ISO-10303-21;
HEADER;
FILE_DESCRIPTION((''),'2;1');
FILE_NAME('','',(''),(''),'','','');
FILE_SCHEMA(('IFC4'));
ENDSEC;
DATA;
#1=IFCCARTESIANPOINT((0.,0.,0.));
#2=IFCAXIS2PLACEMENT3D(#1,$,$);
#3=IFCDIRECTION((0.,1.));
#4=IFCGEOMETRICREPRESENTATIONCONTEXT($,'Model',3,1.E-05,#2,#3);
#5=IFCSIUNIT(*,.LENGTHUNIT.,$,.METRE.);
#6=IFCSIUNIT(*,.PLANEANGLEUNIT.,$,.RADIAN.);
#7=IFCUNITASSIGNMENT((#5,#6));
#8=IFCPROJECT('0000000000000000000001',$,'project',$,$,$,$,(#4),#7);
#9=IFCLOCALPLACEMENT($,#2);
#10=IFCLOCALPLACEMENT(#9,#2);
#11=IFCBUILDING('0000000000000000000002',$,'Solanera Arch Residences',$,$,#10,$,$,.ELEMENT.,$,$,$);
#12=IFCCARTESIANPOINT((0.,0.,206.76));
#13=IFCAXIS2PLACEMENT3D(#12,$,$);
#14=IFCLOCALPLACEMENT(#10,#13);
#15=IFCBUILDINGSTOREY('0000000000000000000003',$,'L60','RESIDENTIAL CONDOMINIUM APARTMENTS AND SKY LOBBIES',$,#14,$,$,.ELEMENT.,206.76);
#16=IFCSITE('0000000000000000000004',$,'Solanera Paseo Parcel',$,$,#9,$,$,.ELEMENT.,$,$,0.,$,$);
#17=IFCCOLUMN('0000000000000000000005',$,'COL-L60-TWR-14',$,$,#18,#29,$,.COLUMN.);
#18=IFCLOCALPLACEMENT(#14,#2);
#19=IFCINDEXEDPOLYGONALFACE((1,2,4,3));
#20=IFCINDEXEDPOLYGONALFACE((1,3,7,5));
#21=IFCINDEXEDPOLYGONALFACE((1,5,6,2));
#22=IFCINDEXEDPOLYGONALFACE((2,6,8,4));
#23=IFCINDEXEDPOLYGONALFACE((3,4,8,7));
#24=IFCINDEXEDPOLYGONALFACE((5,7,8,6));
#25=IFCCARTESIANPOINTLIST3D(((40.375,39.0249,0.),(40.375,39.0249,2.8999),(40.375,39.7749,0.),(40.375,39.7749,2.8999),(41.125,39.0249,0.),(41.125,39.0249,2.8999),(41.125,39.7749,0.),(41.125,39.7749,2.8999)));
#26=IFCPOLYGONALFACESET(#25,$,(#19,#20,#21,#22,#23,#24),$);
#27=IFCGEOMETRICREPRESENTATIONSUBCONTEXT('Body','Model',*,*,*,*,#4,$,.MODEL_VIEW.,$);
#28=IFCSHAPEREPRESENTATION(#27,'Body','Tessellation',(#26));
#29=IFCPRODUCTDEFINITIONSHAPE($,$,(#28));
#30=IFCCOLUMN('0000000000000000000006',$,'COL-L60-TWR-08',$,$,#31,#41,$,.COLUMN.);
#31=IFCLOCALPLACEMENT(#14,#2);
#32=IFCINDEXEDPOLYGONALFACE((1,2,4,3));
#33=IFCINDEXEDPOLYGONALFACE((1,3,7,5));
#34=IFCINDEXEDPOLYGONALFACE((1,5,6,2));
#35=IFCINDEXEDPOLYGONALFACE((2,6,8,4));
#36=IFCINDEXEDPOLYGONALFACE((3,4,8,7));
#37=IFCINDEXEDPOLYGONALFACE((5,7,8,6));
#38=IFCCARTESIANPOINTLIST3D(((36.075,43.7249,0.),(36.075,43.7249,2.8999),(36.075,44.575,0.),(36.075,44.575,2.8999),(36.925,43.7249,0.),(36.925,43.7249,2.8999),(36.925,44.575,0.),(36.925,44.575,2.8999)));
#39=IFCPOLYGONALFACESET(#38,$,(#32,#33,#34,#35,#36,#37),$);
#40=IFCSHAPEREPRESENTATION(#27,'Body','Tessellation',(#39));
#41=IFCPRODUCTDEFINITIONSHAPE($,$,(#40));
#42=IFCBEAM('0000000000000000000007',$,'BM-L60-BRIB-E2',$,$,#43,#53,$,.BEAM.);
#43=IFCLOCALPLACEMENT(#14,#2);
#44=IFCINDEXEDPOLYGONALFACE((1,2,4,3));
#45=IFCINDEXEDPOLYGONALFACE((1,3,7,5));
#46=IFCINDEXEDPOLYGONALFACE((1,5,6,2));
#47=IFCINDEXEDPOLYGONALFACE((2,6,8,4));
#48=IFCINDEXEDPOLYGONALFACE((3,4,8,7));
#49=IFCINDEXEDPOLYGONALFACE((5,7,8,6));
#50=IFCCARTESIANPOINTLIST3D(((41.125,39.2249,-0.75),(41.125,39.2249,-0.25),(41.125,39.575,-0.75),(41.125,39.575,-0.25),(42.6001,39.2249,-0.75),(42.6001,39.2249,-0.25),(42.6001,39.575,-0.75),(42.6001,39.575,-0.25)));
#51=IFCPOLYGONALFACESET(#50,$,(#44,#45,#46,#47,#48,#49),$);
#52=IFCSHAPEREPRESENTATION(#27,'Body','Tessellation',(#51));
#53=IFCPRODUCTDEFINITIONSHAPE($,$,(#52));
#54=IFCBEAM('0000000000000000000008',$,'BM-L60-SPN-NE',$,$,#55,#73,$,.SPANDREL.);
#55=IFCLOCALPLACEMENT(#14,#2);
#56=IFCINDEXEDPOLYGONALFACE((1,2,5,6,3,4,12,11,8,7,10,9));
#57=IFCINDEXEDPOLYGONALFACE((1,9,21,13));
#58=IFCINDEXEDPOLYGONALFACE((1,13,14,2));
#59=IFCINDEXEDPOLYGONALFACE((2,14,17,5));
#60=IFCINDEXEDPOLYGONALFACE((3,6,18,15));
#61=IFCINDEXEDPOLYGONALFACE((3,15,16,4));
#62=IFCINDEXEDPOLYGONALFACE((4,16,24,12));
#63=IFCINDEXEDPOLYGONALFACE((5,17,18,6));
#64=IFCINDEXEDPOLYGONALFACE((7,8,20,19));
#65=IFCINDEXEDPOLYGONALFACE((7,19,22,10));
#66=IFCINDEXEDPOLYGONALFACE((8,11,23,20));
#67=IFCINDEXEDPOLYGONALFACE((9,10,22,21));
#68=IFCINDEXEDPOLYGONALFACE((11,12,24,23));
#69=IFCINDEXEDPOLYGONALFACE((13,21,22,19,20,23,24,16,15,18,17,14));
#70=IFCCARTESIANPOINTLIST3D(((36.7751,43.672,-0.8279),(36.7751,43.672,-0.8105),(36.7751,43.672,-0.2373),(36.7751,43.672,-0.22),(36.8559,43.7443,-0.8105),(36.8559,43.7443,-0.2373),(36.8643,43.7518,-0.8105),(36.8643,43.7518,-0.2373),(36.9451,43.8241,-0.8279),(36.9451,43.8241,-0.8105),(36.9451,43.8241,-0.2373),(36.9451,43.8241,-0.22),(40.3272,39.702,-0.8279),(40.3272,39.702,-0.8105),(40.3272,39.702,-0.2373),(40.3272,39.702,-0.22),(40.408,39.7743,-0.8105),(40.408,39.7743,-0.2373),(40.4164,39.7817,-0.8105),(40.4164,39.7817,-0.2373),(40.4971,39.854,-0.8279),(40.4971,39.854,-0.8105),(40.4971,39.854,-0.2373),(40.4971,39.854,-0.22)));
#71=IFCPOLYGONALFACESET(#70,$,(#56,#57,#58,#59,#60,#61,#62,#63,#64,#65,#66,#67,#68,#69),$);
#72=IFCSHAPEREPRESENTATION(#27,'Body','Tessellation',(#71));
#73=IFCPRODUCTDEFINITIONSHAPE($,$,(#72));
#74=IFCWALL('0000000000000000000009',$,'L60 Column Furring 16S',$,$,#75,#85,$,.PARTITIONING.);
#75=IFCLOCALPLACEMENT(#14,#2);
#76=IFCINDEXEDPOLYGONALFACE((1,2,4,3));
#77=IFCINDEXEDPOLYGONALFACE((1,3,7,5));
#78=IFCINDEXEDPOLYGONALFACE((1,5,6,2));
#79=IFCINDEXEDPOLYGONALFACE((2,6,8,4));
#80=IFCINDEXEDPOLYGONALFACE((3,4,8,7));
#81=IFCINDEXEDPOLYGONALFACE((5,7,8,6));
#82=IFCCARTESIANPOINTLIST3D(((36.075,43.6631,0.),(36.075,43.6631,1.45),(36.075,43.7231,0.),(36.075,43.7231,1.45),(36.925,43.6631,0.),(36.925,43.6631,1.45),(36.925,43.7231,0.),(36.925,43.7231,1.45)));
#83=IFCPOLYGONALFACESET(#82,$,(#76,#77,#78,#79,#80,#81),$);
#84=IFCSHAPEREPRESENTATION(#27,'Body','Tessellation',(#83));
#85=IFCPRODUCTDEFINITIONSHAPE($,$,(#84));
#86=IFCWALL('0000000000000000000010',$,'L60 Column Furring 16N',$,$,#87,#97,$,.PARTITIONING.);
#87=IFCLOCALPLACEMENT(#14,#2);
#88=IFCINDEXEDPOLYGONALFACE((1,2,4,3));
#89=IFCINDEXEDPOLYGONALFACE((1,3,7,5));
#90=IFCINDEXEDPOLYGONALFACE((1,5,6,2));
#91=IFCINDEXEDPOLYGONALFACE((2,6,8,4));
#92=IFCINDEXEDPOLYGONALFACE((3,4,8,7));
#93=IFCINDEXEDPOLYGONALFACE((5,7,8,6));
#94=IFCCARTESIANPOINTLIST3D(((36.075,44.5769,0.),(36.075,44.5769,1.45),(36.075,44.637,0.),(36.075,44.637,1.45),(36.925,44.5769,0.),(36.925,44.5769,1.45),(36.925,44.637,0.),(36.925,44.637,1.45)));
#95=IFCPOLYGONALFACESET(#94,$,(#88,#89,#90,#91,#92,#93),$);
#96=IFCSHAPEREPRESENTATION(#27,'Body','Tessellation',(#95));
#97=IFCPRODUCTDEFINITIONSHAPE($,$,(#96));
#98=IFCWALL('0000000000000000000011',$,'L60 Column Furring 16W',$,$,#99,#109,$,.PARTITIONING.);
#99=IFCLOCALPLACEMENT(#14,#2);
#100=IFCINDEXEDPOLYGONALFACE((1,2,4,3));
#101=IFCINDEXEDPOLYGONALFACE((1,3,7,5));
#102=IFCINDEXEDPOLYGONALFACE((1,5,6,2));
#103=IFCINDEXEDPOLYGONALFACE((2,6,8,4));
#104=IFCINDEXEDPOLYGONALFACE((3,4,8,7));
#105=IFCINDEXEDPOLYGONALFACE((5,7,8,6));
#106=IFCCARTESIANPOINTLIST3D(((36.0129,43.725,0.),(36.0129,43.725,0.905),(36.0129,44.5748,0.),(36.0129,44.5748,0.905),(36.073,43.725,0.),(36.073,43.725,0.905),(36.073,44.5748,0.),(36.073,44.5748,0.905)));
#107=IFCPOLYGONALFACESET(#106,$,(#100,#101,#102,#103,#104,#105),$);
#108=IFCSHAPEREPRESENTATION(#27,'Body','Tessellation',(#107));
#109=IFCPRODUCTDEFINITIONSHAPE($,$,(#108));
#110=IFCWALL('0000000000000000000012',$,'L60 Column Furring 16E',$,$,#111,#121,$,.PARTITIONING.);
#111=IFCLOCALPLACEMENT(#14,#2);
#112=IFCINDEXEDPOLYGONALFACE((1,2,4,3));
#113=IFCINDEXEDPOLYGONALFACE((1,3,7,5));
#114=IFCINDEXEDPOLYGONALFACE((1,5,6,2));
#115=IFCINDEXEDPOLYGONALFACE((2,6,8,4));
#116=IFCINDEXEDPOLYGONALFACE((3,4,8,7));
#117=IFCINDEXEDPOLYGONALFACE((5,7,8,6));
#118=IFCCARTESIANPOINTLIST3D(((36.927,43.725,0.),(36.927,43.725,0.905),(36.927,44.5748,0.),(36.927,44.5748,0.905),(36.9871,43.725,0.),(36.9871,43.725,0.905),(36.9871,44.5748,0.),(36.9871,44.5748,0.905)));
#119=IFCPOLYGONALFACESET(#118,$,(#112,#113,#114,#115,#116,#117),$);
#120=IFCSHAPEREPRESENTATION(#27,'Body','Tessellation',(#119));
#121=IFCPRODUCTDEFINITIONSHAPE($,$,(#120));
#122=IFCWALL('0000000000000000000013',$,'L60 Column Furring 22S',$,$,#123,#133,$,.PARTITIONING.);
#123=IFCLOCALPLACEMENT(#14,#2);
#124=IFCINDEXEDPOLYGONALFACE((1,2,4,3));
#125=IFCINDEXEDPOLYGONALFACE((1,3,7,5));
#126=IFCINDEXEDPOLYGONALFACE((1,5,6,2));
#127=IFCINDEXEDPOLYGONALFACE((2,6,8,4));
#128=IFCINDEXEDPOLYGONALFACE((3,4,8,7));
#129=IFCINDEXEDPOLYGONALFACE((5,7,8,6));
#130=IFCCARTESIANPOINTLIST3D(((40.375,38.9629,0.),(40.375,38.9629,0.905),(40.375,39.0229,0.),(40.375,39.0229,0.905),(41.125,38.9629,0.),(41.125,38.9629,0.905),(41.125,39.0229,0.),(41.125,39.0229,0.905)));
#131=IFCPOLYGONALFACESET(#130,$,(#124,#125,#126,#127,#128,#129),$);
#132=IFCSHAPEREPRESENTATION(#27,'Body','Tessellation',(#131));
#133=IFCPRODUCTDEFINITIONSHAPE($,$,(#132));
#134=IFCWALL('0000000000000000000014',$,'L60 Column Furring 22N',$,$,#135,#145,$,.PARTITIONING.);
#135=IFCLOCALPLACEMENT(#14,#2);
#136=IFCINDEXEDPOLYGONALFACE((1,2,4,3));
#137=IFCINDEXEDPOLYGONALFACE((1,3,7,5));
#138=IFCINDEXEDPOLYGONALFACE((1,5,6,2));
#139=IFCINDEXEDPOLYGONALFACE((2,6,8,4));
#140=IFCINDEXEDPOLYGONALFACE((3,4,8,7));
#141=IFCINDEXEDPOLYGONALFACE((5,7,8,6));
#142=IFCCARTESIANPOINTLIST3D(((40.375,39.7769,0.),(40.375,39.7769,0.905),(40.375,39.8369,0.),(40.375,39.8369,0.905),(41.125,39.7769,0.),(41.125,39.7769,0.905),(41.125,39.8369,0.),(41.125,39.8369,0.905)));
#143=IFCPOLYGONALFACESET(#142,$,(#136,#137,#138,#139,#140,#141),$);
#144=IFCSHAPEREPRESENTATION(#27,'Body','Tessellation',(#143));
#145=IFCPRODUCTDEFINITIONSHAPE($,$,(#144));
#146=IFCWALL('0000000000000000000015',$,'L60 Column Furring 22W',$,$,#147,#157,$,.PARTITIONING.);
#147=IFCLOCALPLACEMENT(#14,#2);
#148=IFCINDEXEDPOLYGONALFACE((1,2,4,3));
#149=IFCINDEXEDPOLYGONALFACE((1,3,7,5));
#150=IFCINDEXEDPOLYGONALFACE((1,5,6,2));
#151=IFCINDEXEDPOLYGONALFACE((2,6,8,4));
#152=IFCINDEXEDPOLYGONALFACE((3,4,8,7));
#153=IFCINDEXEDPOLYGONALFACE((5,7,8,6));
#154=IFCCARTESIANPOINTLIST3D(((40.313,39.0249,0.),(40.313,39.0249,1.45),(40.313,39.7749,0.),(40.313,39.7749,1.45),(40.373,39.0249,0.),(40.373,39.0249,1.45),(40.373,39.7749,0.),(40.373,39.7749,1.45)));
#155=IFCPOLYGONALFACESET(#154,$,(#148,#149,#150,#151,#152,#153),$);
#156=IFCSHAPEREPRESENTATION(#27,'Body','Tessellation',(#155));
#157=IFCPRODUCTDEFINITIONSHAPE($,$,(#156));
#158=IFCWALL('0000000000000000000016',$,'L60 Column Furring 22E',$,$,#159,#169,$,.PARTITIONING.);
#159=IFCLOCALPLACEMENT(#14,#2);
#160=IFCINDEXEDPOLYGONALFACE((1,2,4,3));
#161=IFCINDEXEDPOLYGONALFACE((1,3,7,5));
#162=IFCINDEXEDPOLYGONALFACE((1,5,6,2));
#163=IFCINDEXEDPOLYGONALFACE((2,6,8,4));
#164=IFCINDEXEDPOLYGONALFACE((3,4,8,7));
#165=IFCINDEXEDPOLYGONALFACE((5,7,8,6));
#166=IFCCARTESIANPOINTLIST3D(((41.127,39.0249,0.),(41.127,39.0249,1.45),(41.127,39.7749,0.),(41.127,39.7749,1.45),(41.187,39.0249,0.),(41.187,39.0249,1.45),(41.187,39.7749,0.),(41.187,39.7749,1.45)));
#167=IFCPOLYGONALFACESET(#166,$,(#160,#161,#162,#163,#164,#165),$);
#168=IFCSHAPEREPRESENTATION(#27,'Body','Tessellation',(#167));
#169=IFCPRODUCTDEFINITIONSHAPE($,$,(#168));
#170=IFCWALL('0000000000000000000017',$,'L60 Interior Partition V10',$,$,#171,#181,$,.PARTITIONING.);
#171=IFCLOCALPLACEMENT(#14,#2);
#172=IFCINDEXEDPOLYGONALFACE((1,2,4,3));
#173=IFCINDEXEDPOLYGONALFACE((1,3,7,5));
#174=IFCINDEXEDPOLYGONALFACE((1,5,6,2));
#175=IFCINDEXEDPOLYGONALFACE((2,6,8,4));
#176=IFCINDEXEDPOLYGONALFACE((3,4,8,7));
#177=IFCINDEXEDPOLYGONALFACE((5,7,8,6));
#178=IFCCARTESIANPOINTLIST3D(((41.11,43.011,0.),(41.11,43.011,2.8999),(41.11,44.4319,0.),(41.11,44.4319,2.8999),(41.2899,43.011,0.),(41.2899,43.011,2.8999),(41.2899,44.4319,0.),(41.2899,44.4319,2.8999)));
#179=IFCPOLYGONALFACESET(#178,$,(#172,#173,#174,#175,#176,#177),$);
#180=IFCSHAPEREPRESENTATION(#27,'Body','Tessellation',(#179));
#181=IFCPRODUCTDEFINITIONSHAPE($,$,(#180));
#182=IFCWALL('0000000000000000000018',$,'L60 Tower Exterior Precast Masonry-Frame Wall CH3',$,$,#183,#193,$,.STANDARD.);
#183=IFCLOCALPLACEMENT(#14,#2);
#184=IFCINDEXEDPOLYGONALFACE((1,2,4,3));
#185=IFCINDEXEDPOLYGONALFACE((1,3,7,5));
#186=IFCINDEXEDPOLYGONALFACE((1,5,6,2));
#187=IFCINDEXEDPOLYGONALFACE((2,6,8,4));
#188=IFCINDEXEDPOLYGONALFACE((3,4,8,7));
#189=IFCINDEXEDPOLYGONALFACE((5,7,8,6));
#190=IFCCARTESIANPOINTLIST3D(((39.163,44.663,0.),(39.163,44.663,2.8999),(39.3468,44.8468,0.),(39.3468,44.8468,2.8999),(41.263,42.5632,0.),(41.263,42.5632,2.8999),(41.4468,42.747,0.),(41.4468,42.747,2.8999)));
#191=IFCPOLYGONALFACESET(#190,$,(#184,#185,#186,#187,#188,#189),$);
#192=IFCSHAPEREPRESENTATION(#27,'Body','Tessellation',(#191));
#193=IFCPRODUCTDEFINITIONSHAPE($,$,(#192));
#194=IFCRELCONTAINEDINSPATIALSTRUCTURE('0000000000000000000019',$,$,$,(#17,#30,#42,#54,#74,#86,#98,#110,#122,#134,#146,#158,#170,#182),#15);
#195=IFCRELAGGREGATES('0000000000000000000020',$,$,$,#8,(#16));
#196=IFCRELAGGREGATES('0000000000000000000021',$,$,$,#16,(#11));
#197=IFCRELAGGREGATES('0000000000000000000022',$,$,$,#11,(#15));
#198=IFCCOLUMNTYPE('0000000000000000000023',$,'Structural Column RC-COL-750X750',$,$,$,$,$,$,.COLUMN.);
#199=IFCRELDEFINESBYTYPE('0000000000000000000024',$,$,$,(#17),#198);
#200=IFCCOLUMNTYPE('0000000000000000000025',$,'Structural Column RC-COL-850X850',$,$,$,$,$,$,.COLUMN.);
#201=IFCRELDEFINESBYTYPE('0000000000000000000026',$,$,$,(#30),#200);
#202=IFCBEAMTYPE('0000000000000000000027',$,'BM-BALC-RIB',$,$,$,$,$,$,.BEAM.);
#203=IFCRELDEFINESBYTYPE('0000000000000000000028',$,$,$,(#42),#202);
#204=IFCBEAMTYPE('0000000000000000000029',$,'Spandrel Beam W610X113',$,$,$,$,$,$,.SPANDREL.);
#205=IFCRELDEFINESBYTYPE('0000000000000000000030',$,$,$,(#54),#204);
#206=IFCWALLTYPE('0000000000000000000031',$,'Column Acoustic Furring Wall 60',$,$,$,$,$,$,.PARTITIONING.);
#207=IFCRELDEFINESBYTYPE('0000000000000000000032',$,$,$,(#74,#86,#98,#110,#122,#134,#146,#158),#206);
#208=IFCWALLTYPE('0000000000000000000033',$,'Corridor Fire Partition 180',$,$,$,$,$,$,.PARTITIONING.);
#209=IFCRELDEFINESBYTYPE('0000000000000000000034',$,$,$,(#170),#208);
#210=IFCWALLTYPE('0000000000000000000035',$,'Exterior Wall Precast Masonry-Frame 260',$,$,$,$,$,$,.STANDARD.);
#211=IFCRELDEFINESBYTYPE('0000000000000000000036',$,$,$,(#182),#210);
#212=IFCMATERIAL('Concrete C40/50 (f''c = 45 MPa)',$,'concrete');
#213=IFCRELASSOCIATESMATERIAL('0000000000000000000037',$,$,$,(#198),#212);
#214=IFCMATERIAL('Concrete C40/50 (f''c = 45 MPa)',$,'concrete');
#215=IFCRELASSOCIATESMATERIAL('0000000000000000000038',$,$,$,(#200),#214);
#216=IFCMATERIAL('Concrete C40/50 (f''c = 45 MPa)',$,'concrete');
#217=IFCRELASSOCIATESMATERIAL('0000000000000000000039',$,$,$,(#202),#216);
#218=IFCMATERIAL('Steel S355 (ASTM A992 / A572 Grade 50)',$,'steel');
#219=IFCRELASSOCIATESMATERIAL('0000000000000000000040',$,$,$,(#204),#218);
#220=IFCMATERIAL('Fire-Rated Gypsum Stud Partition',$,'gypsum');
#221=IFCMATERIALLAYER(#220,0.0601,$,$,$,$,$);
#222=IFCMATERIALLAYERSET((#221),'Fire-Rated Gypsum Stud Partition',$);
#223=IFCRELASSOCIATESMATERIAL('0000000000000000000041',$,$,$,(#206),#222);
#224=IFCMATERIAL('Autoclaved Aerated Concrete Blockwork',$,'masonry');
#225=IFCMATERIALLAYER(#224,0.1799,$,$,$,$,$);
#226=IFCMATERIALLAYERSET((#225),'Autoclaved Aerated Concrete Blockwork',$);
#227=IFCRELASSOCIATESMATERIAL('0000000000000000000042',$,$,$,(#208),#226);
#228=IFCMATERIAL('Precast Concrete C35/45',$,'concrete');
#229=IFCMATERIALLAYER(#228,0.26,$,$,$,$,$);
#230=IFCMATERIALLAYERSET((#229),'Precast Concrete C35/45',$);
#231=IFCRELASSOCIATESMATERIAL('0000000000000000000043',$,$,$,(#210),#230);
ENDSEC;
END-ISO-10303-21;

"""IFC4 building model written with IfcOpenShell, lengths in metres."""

from ifc_helpers import new_model, si_unit, direction, frame, frame_2d, origin, origin_2d, place, context, subcontext, project, spatial, rectangle, i_section, extrude, material, layer, layer_set, material_profile, profile_set, type_object, element, save


model = new_model("IFC4")

# Units and contexts
model_context = context("Model", 3, precision=1e-05, world=origin(), true_north=direction((0.0, 1.0)))
body_context = subcontext(model_context, "Body", "Model", "MODEL_VIEW")
ifc_project = project(units=[si_unit("LENGTHUNIT", "METRE"), si_unit("PLANEANGLEUNIT", "RADIAN")], contexts=[model_context])

# Site, building, storey
site_placement = place(None, origin())
site = spatial("IfcSite", under=ifc_project, at=site_placement, Name="Solanera Paseo Parcel", CompositionType="ELEMENT", RefElevation=0.0)
building_placement = place(site_placement, origin())
building = spatial("IfcBuilding", under=site, at=building_placement, Name="Solanera Arch Residences", CompositionType="ELEMENT")
storey_placement = place(building_placement, frame((0.0, 0.0, 206.76)))
storey = spatial("IfcBuildingStorey", under=building, at=storey_placement, Name="L60", Description="RESIDENTIAL CONDOMINIUM APARTMENTS AND SKY LOBBIES", CompositionType="ELEMENT", Elevation=206.76)

# Columns
ifc_material_1 = material(Name="Concrete C40/50 (f'c = 45 MPa)", Category="concrete")
ifc_material_profile_1 = material_profile(ifc_material_1, rectangle(XDim=0.75, YDim=0.75, at=origin_2d()))
ifc_profile_set_1 = profile_set([ifc_material_profile_1], Name="Concrete C40/50 (f'c = 45 MPa)")
column_type_1 = type_object("IfcColumnType", Name="Structural Column RC-COL-750X750", PredefinedType="COLUMN", material=ifc_profile_set_1)
column_1_placement = place(storey_placement, frame((40.75, 39.3999, 0.0), z_axis=(0.0, 0.0, 1.0), x_axis=(1.0, 0.0, 0.0)))
element("IfcColumn", 1, at=column_1_placement, inside=storey, type_object=column_type_1, Name="COL-L60-TWR-14", PredefinedType="COLUMN", context=body_context, shape_type="SweptSolid", body=[
    extrude(rectangle(XDim=0.75, YDim=0.75, at=origin_2d()), origin(), (0.0, 0.0, 1.0), 2.8999),
])
ifc_material_2 = material(Name="Concrete C40/50 (f'c = 45 MPa)", Category="concrete")
ifc_material_profile_2 = material_profile(ifc_material_2, rectangle(XDim=0.8501, YDim=0.8501, at=origin_2d()))
ifc_profile_set_2 = profile_set([ifc_material_profile_2], Name="Concrete C40/50 (f'c = 45 MPa)")
column_type_2 = type_object("IfcColumnType", Name="Structural Column RC-COL-850X850", PredefinedType="COLUMN", material=ifc_profile_set_2)
column_2_placement = place(storey_placement, frame((36.5, 44.1499, 0.0), z_axis=(0.0, 0.0, 1.0), x_axis=(1.0, 0.0, 0.0)))
element("IfcColumn", 2, at=column_2_placement, inside=storey, type_object=column_type_2, Name="COL-L60-TWR-08", PredefinedType="COLUMN", context=body_context, shape_type="SweptSolid", body=[
    extrude(rectangle(XDim=0.8501, YDim=0.8501, at=origin_2d()), origin(), (0.0, 0.0, 1.0), 2.8999),
])

# Beams
ifc_material_3 = material(Name="Concrete C40/50 (f'c = 45 MPa)", Category="concrete")
ifc_material_profile_3 = material_profile(ifc_material_3, rectangle(XDim=0.3501, YDim=0.5, at=origin_2d()))
ifc_profile_set_3 = profile_set([ifc_material_profile_3], Name="Concrete C40/50 (f'c = 45 MPa)")
beam_type_1 = type_object("IfcBeamType", Name="BM-BALC-RIB", PredefinedType="BEAM", material=ifc_profile_set_3)
beam_1_placement = place(storey_placement, frame((41.125, 39.3999, -0.5), z_axis=(1.0, 0.0, 0.0), x_axis=(0.0, 1.0, 0.0)))
element("IfcBeam", 3, at=beam_1_placement, inside=storey, type_object=beam_type_1, Name="BM-L60-BRIB-E2", PredefinedType="BEAM", context=body_context, shape_type="SweptSolid", body=[
    extrude(rectangle(XDim=0.3501, YDim=0.5, at=origin_2d()), origin(), (0.0, 0.0, 1.0), 1.4751),
])
ifc_material_4 = material(Name="Steel S355 (ASTM A992 / A572 Grade 50)", Category="steel")
ifc_material_profile_4 = material_profile(ifc_material_4, i_section(OverallWidth=0.228, OverallDepth=0.6079, WebThickness=0.0112, FlangeThickness=0.0173, at=origin_2d()))
ifc_profile_set_4 = profile_set([ifc_material_profile_4], Name="Steel S355 (ASTM A992 / A572 Grade 50)")
beam_type_2 = type_object("IfcBeamType", Name="Spandrel Beam W610X113", PredefinedType="SPANDREL", material=ifc_profile_set_4)
beam_2_placement = place(storey_placement, frame((36.8601, 43.748, -0.5239), z_axis=(0.666787, -0.745249, 0.0), x_axis=(0.745249, 0.666787, 0.0)))
element("IfcBeam", 4, at=beam_2_placement, inside=storey, type_object=beam_type_2, Name="BM-L60-SPN-NE", PredefinedType="SPANDREL", context=body_context, shape_type="SweptSolid", body=[
    extrude(i_section(OverallWidth=0.228, OverallDepth=0.6079, WebThickness=0.0112, FlangeThickness=0.0173, at=origin_2d()), origin(), (0.0, 0.0, 1.0), 5.3271),
])

# Walls
ifc_material_5 = material(Name="Fire-Rated Gypsum Stud Partition", Category="gypsum")
ifc_layer_1 = layer(ifc_material_5, 0.0601)
ifc_layer_set_1 = layer_set([ifc_layer_1], Name="Fire-Rated Gypsum Stud Partition")
wall_type_1 = type_object("IfcWallType", Name="Column Acoustic Furring Wall 60", PredefinedType="PARTITIONING", material=ifc_layer_set_1)
for number, where, z_axis, x_axis, name in (
    (5, (36.075, 43.6931, 0.0), (0.0, 0.0, 1.0), (1.0, 0.0, 0.0), "L60 Column Furring 16S"),
    (6, (36.075, 44.6069, 0.0), (0.0, 0.0, 1.0), (1.0, 0.0, 0.0), "L60 Column Furring 16N"),
):
    element("IfcWall", number, at=place(storey_placement, frame(where, z_axis=z_axis, x_axis=x_axis)), inside=storey, type_object=wall_type_1, Name=name, PredefinedType="PARTITIONING", context=body_context, shape_type="SweptSolid", body=[
        extrude(rectangle(XDim=0.8501, YDim=0.0601, at=frame_2d((0.425, 0.0))), origin(), (0.0, 0.0, 1.0), 1.45),
    ])
for number, where, z_axis, x_axis, name in (
    (7, (36.043, 43.7251, 0.0), (0.0, 0.0, 1.0), (0.0, 1.0, 0.0), "L60 Column Furring 16W"),
    (8, (36.957, 43.7251, 0.0), (0.0, 0.0, 1.0), (0.0, 1.0, 0.0), "L60 Column Furring 16E"),
):
    element("IfcWall", number, at=place(storey_placement, frame(where, z_axis=z_axis, x_axis=x_axis)), inside=storey, type_object=wall_type_1, Name=name, PredefinedType="PARTITIONING", context=body_context, shape_type="SweptSolid", body=[
        extrude(rectangle(XDim=0.8499, YDim=0.0601, at=frame_2d((0.4248, 0.0))), origin(), (0.0, 0.0, 1.0), 0.905),
    ])
for number, where, z_axis, x_axis, name in (
    (9, (40.375, 38.9929, 0.0), (0.0, 0.0, 1.0), (1.0, 0.0, 0.0), "L60 Column Furring 22S"),
    (10, (40.375, 39.8069, 0.0), (0.0, 0.0, 1.0), (1.0, 0.0, 0.0), "L60 Column Furring 22N"),
):
    element("IfcWall", number, at=place(storey_placement, frame(where, z_axis=z_axis, x_axis=x_axis)), inside=storey, type_object=wall_type_1, Name=name, PredefinedType="PARTITIONING", context=body_context, shape_type="SweptSolid", body=[
        extrude(rectangle(XDim=0.75, YDim=0.0601, at=frame_2d((0.375, 0.0))), origin(), (0.0, 0.0, 1.0), 0.905),
    ])
for number, where, z_axis, x_axis, name in (
    (11, (40.343, 39.0249, 0.0), (0.0, 0.0, 1.0), (0.0, 1.0, 0.0), "L60 Column Furring 22W"),
    (12, (41.157, 39.0249, 0.0), (0.0, 0.0, 1.0), (0.0, 1.0, 0.0), "L60 Column Furring 22E"),
):
    element("IfcWall", number, at=place(storey_placement, frame(where, z_axis=z_axis, x_axis=x_axis)), inside=storey, type_object=wall_type_1, Name=name, PredefinedType="PARTITIONING", context=body_context, shape_type="SweptSolid", body=[
        extrude(rectangle(XDim=0.75, YDim=0.0601, at=frame_2d((0.375, 0.0))), origin(), (0.0, 0.0, 1.0), 1.45),
    ])
ifc_material_6 = material(Name="Autoclaved Aerated Concrete Blockwork", Category="masonry")
ifc_layer_2 = layer(ifc_material_6, 0.1799)
ifc_layer_set_2 = layer_set([ifc_layer_2], Name="Autoclaved Aerated Concrete Blockwork")
wall_type_2 = type_object("IfcWallType", Name="Corridor Fire Partition 180", PredefinedType="PARTITIONING", material=ifc_layer_set_2)
wall_1_placement = place(storey_placement, frame((41.2, 43.011, 0.0), z_axis=(0.0, 0.0, 1.0), x_axis=(0.0, 1.0, 0.0)))
element("IfcWall", 13, at=wall_1_placement, inside=storey, type_object=wall_type_2, Name="L60 Interior Partition V10", PredefinedType="PARTITIONING", context=body_context, shape_type="SweptSolid", body=[
    extrude(rectangle(XDim=1.4209, YDim=0.1799, at=frame_2d((0.7104, 0.0))), origin(), (0.0, 0.0, 1.0), 2.8999),
])
ifc_material_7 = material(Name="Precast Concrete C35/45", Category="concrete")
ifc_layer_3 = layer(ifc_material_7, 0.26)
ifc_layer_set_3 = layer_set([ifc_layer_3], Name="Precast Concrete C35/45")
wall_type_3 = type_object("IfcWallType", Name="Exterior Wall Precast Masonry-Frame 260", PredefinedType="STANDARD", material=ifc_layer_set_3)
wall_2_placement = place(storey_placement, frame((39.2549, 44.7549, 0.0), z_axis=(0.0, 0.0, 1.0), x_axis=(0.707148, -0.707066, 0.0)))
element("IfcWall", 14, at=wall_2_placement, inside=storey, type_object=wall_type_3, Name="L60 Tower Exterior Precast Masonry-Frame Wall CH3", PredefinedType="STANDARD", context=body_context, shape_type="SweptSolid", body=[
    extrude(rectangle(XDim=2.9697, YDim=0.26, at=frame_2d((1.4849, 0.0))), origin(), (0.0, 0.0, 1.0), 2.8999),
])

save(model, "model.ifc")
